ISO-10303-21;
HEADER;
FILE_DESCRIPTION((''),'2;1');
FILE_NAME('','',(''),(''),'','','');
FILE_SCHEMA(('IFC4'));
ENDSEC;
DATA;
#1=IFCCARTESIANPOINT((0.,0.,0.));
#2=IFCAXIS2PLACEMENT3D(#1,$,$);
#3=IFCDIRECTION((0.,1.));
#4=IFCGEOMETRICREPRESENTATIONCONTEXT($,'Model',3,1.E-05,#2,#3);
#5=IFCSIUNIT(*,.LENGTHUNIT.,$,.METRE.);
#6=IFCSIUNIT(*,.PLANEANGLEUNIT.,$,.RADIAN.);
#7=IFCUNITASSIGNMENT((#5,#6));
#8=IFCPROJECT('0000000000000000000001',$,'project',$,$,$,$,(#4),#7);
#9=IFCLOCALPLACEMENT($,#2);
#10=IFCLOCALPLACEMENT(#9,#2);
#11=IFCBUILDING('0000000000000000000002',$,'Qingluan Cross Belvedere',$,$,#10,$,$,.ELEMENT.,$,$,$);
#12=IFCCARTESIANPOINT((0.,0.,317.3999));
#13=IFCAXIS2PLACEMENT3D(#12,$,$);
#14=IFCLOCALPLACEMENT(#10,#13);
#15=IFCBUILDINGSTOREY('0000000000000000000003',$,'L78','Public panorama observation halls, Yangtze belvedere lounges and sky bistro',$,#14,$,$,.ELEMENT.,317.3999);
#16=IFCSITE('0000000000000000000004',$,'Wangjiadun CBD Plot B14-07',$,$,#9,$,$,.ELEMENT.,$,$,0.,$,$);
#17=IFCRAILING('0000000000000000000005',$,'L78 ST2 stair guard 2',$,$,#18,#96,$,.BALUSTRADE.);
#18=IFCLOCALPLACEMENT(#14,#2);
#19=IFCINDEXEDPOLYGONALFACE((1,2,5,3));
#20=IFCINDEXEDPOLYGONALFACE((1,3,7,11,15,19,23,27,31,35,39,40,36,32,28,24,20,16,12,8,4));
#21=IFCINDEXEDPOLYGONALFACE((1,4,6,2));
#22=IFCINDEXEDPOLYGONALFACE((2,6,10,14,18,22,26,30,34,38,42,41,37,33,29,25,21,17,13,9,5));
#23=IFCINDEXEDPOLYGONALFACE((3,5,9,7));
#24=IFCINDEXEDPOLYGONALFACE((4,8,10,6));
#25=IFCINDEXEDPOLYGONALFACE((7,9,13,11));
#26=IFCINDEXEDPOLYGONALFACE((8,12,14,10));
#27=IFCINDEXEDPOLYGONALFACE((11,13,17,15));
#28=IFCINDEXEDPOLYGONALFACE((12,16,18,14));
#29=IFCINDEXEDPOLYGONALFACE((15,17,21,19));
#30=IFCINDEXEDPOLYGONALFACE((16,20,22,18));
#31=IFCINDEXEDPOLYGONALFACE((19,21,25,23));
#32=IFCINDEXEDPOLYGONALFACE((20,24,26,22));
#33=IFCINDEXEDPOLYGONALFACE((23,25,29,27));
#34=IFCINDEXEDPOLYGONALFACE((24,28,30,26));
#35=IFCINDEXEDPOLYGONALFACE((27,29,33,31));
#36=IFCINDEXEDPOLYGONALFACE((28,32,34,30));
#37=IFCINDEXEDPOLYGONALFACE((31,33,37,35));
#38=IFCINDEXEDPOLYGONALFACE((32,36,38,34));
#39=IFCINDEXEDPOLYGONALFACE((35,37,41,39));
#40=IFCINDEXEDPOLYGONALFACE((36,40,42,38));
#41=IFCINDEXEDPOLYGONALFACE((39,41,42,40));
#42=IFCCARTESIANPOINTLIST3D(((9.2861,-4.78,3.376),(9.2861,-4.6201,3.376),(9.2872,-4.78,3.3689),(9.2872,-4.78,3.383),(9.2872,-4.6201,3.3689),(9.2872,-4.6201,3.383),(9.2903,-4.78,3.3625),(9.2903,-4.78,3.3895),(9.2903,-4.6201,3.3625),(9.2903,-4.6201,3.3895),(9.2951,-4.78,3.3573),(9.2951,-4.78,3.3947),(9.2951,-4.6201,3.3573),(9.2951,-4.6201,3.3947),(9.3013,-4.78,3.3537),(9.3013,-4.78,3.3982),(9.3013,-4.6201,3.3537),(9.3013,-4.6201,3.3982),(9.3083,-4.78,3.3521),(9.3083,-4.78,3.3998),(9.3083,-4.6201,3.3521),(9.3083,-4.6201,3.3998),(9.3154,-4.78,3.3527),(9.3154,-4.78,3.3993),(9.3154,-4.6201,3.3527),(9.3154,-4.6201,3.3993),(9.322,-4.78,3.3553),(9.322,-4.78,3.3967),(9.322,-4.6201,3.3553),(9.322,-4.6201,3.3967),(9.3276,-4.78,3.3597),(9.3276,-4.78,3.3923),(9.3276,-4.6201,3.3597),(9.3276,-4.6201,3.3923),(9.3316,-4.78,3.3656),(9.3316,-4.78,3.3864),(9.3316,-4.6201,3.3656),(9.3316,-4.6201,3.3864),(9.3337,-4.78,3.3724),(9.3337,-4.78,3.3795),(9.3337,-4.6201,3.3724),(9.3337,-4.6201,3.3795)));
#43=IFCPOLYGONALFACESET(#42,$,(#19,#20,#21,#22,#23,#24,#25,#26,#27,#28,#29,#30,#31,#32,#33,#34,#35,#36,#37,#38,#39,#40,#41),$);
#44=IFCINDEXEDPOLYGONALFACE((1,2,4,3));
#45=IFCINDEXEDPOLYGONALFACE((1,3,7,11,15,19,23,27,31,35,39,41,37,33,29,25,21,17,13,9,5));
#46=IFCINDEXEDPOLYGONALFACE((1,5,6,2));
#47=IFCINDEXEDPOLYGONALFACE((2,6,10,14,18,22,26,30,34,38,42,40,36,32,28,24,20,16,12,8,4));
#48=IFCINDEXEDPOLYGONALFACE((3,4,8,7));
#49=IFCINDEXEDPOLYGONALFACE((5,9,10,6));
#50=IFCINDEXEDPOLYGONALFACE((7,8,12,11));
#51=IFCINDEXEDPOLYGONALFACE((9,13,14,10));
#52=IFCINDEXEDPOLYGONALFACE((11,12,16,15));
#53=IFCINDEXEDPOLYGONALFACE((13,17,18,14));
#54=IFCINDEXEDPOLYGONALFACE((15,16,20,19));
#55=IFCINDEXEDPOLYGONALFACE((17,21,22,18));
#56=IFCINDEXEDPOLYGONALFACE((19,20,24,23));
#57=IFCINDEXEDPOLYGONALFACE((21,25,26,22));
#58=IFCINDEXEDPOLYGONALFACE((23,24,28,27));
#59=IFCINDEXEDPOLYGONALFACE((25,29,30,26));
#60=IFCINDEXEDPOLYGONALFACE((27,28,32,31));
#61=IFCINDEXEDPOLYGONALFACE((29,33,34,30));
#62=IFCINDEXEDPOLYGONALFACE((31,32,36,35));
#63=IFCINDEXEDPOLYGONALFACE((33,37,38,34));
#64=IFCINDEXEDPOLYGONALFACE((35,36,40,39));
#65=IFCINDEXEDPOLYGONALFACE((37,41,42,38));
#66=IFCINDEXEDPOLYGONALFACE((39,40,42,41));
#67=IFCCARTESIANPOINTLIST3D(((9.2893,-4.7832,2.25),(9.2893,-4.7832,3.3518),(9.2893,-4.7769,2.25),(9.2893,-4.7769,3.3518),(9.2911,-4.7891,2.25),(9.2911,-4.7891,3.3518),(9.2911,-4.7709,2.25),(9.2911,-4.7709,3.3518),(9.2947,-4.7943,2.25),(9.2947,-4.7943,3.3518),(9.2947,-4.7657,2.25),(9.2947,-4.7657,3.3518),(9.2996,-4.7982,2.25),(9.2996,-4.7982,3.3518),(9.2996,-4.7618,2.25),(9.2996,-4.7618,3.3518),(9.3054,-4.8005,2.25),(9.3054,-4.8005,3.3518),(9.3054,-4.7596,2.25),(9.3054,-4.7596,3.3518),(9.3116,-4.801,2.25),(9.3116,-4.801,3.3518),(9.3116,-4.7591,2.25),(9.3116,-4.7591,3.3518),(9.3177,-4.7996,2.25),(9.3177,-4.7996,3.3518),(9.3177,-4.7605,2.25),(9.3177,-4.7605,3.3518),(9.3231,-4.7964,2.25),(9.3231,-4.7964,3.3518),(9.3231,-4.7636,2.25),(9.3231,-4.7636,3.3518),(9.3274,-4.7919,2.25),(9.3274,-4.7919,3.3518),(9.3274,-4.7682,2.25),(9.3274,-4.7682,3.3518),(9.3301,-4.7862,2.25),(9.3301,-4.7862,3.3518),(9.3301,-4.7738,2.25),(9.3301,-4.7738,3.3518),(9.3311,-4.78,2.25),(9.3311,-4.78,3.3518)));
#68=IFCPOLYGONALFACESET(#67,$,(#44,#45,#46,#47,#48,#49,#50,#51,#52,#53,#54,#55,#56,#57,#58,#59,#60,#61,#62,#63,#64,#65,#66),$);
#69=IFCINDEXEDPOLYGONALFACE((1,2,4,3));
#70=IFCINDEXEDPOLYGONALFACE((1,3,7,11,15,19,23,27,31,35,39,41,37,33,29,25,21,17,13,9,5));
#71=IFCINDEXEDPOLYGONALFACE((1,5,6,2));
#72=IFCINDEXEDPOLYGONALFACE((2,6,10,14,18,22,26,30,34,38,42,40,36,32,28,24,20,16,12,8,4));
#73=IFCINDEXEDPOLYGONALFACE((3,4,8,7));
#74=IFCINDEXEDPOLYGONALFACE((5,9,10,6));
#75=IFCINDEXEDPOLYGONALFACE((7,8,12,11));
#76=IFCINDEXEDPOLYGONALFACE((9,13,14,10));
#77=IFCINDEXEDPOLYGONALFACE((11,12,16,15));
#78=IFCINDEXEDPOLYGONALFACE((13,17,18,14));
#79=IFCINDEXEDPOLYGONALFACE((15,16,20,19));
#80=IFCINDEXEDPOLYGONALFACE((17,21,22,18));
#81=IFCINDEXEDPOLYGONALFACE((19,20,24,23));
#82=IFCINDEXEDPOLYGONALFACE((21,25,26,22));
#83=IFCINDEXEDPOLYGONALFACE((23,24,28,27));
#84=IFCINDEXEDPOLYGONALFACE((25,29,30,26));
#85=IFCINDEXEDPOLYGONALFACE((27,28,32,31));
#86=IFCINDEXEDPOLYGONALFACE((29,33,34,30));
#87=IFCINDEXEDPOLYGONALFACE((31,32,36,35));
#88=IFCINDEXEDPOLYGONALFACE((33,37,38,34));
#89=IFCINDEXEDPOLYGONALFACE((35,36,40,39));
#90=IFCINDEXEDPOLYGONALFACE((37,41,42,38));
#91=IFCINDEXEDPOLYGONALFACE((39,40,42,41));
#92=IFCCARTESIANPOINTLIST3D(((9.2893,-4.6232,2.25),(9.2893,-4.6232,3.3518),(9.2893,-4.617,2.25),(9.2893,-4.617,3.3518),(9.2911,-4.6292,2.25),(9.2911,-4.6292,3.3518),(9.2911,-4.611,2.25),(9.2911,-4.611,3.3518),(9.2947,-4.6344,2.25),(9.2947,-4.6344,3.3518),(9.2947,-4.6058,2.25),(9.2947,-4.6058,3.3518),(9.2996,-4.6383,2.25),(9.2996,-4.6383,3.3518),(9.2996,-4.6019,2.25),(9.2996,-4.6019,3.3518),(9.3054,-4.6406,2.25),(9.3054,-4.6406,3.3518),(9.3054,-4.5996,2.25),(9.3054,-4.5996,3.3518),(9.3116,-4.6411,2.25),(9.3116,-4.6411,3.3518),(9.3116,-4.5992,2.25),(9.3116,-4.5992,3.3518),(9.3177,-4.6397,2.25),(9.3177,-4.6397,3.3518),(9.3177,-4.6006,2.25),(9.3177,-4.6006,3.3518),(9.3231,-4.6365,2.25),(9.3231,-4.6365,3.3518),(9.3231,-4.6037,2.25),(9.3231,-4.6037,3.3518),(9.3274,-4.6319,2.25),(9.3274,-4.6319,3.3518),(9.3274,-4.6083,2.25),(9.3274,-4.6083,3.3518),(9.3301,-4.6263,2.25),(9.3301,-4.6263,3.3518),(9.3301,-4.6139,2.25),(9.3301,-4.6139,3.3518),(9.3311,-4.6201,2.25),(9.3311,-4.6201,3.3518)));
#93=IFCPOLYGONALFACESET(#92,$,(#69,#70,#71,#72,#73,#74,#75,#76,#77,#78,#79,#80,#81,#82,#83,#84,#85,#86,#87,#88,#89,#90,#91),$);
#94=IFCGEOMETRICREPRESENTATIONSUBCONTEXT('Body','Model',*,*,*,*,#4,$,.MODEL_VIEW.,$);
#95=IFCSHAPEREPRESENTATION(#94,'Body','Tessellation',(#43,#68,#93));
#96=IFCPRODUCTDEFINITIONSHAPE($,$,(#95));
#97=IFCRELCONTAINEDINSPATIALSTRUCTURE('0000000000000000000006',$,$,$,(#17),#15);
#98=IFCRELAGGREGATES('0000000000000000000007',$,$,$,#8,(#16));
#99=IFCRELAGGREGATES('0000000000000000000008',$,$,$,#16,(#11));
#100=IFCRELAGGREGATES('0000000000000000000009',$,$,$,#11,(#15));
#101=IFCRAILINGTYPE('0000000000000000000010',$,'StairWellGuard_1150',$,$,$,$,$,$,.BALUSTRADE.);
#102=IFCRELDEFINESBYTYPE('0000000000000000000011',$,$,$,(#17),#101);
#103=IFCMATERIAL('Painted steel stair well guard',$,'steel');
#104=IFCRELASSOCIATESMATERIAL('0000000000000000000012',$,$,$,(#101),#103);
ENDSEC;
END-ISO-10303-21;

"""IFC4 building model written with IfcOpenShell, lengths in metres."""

from ifc_helpers import new_model, si_unit, direction, frame, origin, origin_2d, place, context, subcontext, project, spatial, circle, extrude, material, type_object, element, save


model = new_model("IFC4")

# Units and contexts
model_context = context("Model", 3, precision=1e-05, world=origin(), true_north=direction((0.0, 1.0)))
body_context = subcontext(model_context, "Body", "Model", "MODEL_VIEW")
ifc_project = project(units=[si_unit("LENGTHUNIT", "METRE"), si_unit("PLANEANGLEUNIT", "RADIAN")], contexts=[model_context])

# Site, building, storey
site_placement = place(None, origin())
site = spatial("IfcSite", under=ifc_project, at=site_placement, Name="Wangjiadun CBD Plot B14-07", CompositionType="ELEMENT", RefElevation=0.0)
building_placement = place(site_placement, origin())
building = spatial("IfcBuilding", under=site, at=building_placement, Name="Qingluan Cross Belvedere", CompositionType="ELEMENT")
storey_placement = place(building_placement, frame((0.0, 0.0, 317.3999)))
storey = spatial("IfcBuildingStorey", under=building, at=storey_placement, Name="L78", Description="Public panorama observation halls, Yangtze belvedere lounges and sky bistro", CompositionType="ELEMENT", Elevation=317.3999)

# Railing
ifc_material_1 = material(Name="Painted steel stair well guard", Category="steel")
railing_type_1 = type_object("IfcRailingType", Name="StairWellGuard_1150", PredefinedType="BALUSTRADE", material=ifc_material_1)
railing_1_placement = place(storey_placement, frame((9.3101, -4.78, 2.25)))
element("IfcRailing", 1, at=railing_1_placement, inside=storey, type_object=railing_type_1, Name="L78 ST2 stair guard 2", PredefinedType="BALUSTRADE", context=body_context, shape_type="SweptSolid", body=[
    extrude(circle(Radius=0.0239, at=origin_2d()), frame((0.0, 0.0, 1.126), z_axis=(0.0, 1.0, 0.0), x_axis=(-1.0, 0.0, 0.0)), (0.0, 0.0, 1.0), 0.1599),
    extrude(circle(Radius=0.021, at=origin_2d()), origin(), (0.0, 0.0, 1.0), 1.1018),
    extrude(circle(Radius=0.021, at=origin_2d()), frame((0.0, 0.1599, 0.0)), (0.0, 0.0, 1.0), 1.1018),
])

save(model, "model.ifc")
